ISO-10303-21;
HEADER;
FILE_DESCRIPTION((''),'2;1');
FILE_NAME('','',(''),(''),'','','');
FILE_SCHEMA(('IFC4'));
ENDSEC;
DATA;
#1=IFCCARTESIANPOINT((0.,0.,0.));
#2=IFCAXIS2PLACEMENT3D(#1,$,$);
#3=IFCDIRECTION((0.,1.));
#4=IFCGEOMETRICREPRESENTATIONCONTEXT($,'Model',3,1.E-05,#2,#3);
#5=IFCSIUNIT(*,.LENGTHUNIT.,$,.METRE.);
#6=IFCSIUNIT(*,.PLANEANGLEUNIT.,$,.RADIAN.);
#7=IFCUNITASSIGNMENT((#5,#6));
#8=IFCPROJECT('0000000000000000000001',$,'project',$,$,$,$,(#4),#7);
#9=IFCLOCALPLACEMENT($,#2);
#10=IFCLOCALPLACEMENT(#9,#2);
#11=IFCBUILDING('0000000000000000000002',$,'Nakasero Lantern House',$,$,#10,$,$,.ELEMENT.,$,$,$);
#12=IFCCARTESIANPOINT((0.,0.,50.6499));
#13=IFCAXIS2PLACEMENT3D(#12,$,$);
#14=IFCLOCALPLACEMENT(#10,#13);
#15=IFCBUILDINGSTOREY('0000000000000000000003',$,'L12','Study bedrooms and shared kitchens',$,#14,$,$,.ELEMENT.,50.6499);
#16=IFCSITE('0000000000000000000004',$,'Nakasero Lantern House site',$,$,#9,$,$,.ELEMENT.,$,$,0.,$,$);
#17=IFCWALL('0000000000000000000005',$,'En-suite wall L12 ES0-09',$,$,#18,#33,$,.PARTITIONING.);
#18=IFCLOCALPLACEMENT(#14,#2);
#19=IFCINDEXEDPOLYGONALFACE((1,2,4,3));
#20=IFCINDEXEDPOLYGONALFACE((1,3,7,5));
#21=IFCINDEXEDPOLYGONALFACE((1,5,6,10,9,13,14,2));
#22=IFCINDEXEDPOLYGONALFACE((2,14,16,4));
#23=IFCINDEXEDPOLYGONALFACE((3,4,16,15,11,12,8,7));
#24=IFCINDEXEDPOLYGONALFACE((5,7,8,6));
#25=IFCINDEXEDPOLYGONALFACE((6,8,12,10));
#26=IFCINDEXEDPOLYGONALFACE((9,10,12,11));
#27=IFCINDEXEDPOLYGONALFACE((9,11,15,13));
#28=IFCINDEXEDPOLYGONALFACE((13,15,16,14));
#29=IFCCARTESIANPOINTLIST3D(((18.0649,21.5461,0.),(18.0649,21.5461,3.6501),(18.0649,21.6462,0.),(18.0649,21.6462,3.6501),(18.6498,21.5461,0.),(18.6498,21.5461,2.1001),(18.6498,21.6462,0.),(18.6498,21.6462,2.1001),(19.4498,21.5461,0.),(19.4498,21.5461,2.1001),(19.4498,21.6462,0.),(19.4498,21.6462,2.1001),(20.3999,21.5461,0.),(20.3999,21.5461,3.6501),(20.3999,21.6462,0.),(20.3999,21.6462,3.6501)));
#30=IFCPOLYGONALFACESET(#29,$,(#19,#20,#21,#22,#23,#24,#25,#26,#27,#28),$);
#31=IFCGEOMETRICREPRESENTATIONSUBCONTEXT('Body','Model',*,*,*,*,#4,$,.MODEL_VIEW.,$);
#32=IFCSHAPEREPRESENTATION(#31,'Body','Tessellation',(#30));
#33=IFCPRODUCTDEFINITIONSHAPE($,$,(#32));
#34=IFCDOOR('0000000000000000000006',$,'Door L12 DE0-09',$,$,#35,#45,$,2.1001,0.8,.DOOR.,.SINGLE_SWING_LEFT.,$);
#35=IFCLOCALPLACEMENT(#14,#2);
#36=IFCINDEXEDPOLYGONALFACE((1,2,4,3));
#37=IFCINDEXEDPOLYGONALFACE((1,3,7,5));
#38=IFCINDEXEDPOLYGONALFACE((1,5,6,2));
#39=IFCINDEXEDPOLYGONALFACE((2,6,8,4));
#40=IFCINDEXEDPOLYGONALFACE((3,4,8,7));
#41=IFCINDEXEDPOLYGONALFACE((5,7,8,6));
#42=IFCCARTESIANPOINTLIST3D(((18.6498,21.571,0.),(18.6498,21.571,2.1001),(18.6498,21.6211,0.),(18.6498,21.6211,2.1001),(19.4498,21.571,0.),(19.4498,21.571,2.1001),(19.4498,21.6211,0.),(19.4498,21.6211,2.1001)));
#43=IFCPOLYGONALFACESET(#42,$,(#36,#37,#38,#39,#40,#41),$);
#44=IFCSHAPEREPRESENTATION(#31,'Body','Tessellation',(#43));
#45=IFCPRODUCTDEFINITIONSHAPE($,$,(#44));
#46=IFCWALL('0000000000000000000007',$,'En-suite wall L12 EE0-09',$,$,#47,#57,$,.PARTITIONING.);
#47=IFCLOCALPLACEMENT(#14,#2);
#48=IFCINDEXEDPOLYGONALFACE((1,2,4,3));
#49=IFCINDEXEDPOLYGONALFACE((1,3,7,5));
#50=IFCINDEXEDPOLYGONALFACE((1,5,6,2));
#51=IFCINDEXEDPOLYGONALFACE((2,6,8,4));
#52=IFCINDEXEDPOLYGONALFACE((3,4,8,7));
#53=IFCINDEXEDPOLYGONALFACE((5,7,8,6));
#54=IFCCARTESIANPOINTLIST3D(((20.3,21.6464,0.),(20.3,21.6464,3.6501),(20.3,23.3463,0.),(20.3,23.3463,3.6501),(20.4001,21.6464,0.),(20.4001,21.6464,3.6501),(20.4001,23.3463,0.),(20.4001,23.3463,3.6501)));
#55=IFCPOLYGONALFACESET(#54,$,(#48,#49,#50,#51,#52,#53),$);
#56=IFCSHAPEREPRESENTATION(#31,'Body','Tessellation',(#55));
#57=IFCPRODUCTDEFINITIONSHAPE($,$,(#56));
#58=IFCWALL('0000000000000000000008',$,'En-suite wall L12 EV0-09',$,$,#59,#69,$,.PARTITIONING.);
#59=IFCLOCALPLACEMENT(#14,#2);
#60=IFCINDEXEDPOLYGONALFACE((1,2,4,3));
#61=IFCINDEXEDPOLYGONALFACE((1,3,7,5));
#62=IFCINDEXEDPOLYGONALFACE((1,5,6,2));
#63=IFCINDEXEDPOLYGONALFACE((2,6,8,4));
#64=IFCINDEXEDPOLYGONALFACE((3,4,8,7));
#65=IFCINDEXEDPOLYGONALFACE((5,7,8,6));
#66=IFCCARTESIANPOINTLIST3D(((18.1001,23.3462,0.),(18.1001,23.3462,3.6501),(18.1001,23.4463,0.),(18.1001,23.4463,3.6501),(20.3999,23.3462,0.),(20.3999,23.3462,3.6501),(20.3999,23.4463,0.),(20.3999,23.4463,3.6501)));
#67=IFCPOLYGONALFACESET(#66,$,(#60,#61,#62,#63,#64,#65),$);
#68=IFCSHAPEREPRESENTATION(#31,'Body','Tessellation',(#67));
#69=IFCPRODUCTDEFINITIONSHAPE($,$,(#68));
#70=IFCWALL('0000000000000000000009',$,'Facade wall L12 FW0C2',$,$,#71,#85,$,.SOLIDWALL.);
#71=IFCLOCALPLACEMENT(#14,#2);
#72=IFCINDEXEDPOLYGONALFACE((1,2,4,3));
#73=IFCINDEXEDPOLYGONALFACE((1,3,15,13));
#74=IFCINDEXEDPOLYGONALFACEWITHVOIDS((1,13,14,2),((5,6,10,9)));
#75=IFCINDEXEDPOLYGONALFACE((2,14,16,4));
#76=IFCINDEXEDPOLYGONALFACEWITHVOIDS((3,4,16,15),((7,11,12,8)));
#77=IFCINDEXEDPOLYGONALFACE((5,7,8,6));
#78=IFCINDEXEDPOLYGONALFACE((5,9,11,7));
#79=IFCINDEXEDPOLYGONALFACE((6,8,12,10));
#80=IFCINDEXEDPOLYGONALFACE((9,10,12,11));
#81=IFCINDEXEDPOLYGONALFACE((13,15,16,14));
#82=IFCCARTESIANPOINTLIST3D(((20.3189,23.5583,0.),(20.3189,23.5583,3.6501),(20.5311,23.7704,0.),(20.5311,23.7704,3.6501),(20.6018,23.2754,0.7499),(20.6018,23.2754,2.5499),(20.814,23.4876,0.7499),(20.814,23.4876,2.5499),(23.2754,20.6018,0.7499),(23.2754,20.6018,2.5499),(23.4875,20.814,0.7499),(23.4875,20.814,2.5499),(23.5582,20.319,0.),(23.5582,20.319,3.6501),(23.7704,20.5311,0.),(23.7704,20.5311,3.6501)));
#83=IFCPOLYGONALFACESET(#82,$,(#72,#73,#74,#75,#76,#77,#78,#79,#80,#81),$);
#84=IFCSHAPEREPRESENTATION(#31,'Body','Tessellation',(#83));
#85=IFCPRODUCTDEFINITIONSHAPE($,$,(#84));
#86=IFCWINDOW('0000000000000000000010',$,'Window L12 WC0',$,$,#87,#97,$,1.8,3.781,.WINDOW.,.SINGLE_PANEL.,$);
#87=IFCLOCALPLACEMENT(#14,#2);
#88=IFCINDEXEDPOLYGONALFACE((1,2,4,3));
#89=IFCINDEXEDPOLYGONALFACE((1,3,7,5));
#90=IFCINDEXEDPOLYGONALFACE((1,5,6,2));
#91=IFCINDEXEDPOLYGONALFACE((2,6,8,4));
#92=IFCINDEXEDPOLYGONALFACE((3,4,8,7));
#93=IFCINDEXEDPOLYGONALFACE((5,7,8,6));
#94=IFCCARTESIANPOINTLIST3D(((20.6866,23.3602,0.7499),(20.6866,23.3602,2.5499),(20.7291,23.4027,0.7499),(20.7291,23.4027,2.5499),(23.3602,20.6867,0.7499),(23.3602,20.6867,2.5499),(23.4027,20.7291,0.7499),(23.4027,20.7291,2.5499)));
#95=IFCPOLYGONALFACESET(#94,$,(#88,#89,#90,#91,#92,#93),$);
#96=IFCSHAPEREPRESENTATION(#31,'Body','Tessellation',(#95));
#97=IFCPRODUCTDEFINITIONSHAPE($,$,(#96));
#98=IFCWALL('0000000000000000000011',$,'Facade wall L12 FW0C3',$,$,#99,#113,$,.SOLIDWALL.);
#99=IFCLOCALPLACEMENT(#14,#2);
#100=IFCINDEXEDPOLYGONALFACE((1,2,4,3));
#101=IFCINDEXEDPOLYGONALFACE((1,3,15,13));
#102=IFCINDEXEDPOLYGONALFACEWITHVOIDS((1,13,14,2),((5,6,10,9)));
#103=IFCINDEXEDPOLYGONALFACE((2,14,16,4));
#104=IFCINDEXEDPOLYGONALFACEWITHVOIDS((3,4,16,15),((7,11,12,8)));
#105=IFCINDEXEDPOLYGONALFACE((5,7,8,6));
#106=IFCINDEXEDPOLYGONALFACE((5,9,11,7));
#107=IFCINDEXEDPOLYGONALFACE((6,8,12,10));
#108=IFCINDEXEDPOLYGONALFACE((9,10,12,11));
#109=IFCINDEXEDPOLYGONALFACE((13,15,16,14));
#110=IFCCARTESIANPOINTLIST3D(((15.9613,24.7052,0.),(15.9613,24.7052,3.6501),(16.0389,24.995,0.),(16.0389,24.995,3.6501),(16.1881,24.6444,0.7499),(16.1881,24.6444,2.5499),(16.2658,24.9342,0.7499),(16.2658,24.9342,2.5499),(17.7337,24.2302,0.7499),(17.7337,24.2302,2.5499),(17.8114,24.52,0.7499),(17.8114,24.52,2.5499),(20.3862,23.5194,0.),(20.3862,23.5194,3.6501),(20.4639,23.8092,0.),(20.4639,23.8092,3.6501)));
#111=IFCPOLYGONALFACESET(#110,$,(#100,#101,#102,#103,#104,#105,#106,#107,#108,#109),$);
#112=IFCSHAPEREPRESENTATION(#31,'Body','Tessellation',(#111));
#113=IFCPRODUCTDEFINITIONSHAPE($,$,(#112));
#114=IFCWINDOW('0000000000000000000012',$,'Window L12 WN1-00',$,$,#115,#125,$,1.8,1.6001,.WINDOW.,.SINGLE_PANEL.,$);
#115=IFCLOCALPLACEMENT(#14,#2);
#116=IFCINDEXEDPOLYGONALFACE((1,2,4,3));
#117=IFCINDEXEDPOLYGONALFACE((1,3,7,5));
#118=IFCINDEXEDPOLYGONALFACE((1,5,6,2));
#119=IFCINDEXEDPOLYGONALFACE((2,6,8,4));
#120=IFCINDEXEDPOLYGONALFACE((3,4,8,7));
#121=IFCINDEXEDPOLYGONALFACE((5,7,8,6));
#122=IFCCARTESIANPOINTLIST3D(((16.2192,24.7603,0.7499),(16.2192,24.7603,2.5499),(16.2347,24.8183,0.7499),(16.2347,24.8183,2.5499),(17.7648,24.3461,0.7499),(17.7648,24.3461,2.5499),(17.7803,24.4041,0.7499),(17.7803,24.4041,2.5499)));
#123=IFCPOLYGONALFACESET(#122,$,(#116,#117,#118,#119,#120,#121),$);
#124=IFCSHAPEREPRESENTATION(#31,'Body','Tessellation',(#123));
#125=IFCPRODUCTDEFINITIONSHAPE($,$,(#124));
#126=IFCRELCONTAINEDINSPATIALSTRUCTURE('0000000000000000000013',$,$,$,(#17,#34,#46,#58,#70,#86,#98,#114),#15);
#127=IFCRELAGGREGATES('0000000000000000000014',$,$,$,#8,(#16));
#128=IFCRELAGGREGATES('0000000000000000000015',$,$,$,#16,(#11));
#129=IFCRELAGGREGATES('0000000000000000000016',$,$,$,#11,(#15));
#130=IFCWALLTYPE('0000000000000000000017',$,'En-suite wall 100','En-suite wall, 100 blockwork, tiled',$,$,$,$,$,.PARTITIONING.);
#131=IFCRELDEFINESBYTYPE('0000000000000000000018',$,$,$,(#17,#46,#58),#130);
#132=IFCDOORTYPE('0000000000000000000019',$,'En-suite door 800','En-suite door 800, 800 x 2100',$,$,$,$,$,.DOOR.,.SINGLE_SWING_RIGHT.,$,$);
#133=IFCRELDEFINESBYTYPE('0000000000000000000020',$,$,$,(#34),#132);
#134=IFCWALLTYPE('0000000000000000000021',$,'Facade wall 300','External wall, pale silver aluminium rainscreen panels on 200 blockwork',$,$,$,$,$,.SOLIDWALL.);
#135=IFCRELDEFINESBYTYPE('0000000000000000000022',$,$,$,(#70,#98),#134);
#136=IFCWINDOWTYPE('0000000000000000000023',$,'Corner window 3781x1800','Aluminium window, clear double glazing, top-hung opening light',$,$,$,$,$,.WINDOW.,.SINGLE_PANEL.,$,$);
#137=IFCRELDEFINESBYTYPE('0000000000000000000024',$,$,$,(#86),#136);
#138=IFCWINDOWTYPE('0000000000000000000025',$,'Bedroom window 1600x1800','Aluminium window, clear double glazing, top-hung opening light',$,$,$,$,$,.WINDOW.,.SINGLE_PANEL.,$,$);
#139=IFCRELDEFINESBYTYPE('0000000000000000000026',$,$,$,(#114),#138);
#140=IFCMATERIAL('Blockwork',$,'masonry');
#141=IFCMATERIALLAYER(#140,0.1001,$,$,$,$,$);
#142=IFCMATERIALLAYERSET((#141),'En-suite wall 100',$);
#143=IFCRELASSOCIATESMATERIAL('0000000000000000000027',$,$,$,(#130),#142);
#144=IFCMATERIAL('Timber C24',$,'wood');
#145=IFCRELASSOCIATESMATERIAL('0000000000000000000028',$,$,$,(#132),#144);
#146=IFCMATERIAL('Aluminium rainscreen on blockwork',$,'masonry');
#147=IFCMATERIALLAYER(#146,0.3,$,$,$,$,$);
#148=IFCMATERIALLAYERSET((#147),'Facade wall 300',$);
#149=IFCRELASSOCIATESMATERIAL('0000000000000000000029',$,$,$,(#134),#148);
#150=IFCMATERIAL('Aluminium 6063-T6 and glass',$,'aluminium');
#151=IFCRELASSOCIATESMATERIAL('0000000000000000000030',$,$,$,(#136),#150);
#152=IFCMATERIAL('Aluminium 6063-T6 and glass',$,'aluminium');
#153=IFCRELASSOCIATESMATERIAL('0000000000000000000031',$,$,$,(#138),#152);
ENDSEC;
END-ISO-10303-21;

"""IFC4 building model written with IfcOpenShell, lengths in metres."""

from ifc_helpers import new_model, si_unit, direction, frame, frame_2d, origin, place, context, subcontext, project, spatial, rectangle, extrude, material, layer, layer_set, type_object, element, fill, save


model = new_model("IFC4")

# Units and contexts
model_context = context("Model", 3, precision=1e-05, world=origin(), true_north=direction((0.0, 1.0)))
body_context = subcontext(model_context, "Body", "Model", "MODEL_VIEW")
ifc_project = project(units=[si_unit("LENGTHUNIT", "METRE"), si_unit("PLANEANGLEUNIT", "RADIAN")], contexts=[model_context])

# Site, building, storey
site_placement = place(None, origin())
site = spatial("IfcSite", under=ifc_project, at=site_placement, Name="Nakasero Lantern House site", CompositionType="ELEMENT", RefElevation=0.0)
building_placement = place(site_placement, origin())
building = spatial("IfcBuilding", under=site, at=building_placement, Name="Nakasero Lantern House", CompositionType="ELEMENT")
storey_placement = place(building_placement, frame((0.0, 0.0, 50.6499)))
storey = spatial("IfcBuildingStorey", under=building, at=storey_placement, Name="L12", Description="Study bedrooms and shared kitchens", CompositionType="ELEMENT", Elevation=50.6499)

# Wall, opening, door
ifc_material_1 = material(Name="Blockwork", Category="masonry")
ifc_layer_1 = layer(ifc_material_1, 0.1001)
ifc_layer_set_1 = layer_set([ifc_layer_1], Name="En-suite wall 100")
wall_type_1 = type_object("IfcWallType", Name="En-suite wall 100", Description="En-suite wall, 100 blockwork, tiled", PredefinedType="PARTITIONING", material=ifc_layer_set_1)
wall_1_placement = place(storey_placement, frame((18.0649, 21.5962, 0.0), z_axis=(0.0, 0.0, 1.0), x_axis=(1.0, 0.0, 0.0)))
wall_1 = element("IfcWall", 1, at=wall_1_placement, inside=storey, type_object=wall_type_1, Name="En-suite wall L12 ES0-09", PredefinedType="PARTITIONING", context=body_context, shape_type="SweptSolid", body=[
    extrude(rectangle(XDim=2.335, YDim=0.1001, at=frame_2d((1.1675, 0.0))), origin(), (0.0, 0.0, 1.0), 3.6501),
])
opening_1_placement = place(wall_1_placement, frame((0.585, 0.0, 0.0)))
opening_1 = element("IfcOpeningElement", 2, at=opening_1_placement, cuts=wall_1, PredefinedType="OPENING", context=body_context, shape_type="SweptSolid", body=[
    extrude(rectangle(XDim=0.8, YDim=2.1001, at=frame_2d((0.3999, 1.05))), frame((0.0, 0.0701, 0.0), z_axis=(0.0, -1.0, 0.0), x_axis=(1.0, 0.0, 0.0)), (0.0, 0.0, 1.0), 0.1401),
])
ifc_material_2 = material(Name="Timber C24", Category="wood")
door_type_1 = type_object("IfcDoorType", Name="En-suite door 800", Description="En-suite door 800, 800 x 2100", OperationType="SINGLE_SWING_RIGHT", PredefinedType="DOOR", material=ifc_material_2)
door_1_placement = place(opening_1_placement, origin())
door_1 = element("IfcDoor", 3, at=door_1_placement, inside=storey, type_object=door_type_1, Name="Door L12 DE0-09", OperationType="SINGLE_SWING_LEFT", OverallHeight=2.1001, OverallWidth=0.8, PredefinedType="DOOR", context=body_context, shape_type="SweptSolid", body=[
    extrude(rectangle(XDim=0.8, YDim=2.1001, at=frame_2d((0.3999, 1.05))), frame((0.0, 0.0249, 0.0), z_axis=(0.0, -1.0, 0.0), x_axis=(1.0, 0.0, 0.0)), (0.0, 0.0, 1.0), 0.05),
])
fill(opening_1, door_1)

# Walls
wall_2_placement = place(storey_placement, frame((20.3501, 21.6462, 0.0), z_axis=(0.0, 0.0, 1.0), x_axis=(0.0, 1.0, 0.0)))
element("IfcWall", 4, at=wall_2_placement, inside=storey, type_object=wall_type_1, Name="En-suite wall L12 EE0-09", PredefinedType="PARTITIONING", context=body_context, shape_type="SweptSolid", body=[
    extrude(rectangle(XDim=1.7, YDim=0.1001, at=frame_2d((0.8501, 0.0))), origin(), (0.0, 0.0, 1.0), 3.6501),
])
wall_3_placement = place(storey_placement, frame((18.1001, 23.3962, 0.0), z_axis=(0.0, 0.0, 1.0), x_axis=(1.0, 0.0, 0.0)))
element("IfcWall", 5, at=wall_3_placement, inside=storey, type_object=wall_type_1, Name="En-suite wall L12 EV0-09", PredefinedType="PARTITIONING", context=body_context, shape_type="SweptSolid", body=[
    extrude(rectangle(XDim=2.2998, YDim=0.1001, at=frame_2d((1.1499, 0.0))), origin(), (0.0, 0.0, 1.0), 3.6501),
])

# Walls, openings, windows
ifc_material_3 = material(Name="Aluminium rainscreen on blockwork", Category="masonry")
ifc_layer_2 = layer(ifc_material_3, 0.3)
ifc_layer_set_2 = layer_set([ifc_layer_2], Name="Facade wall 300")
wall_type_2 = type_object("IfcWallType", Name="Facade wall 300", Description="External wall, pale silver aluminium rainscreen panels on 200 blockwork", PredefinedType="SOLIDWALL", material=ifc_layer_set_2)
wall_4_placement = place(storey_placement, frame((23.6643, 20.425, 0.0), z_axis=(0.0, 0.0, 1.0), x_axis=(-0.707107, 0.707107, 0.0)))
wall_4 = element("IfcWall", 6, at=wall_4_placement, inside=storey, type_object=wall_type_2, Name="Facade wall L12 FW0C2", PredefinedType="SOLIDWALL", context=body_context, shape_type="SweptSolid", body=[
    extrude(rectangle(XDim=4.5811, YDim=0.3, at=frame_2d((2.2905, 0.0))), origin(), (0.0, 0.0, 1.0), 3.6501),
])
opening_2_placement = place(wall_4_placement, frame((0.3999, 0.0, 0.75)))
opening_2 = element("IfcOpeningElement", 7, at=opening_2_placement, cuts=wall_4, PredefinedType="OPENING", context=body_context, shape_type="SweptSolid", body=[
    extrude(rectangle(XDim=3.781, YDim=1.8, at=frame_2d((1.8906, 0.8999))), frame((0.0, 0.1699, 0.0), z_axis=(0.0, -1.0, 0.0), x_axis=(1.0, 0.0, 0.0)), (0.0, 0.0, 1.0), 0.3401),
])
ifc_material_4 = material(Name="Aluminium 6063-T6 and glass", Category="aluminium")
window_type_1 = type_object("IfcWindowType", Name="Corner window 3781x1800", Description="Aluminium window, clear double glazing, top-hung opening light", PartitioningType="SINGLE_PANEL", PredefinedType="WINDOW", material=ifc_material_4)
window_1_placement = place(opening_2_placement, origin())
window_1 = element("IfcWindow", 8, at=window_1_placement, inside=storey, type_object=window_type_1, Name="Window L12 WC0", OverallHeight=1.8, OverallWidth=3.781, PartitioningType="SINGLE_PANEL", PredefinedType="WINDOW", context=body_context, shape_type="SweptSolid", body=[
    extrude(rectangle(XDim=3.781, YDim=1.8, at=frame_2d((1.8906, 0.8999))), frame((0.0, 0.03, 0.0), z_axis=(0.0, -1.0, 0.0), x_axis=(1.0, 0.0, 0.0)), (0.0, 0.0, 1.0), 0.0601),
])
fill(opening_2, window_1)
wall_5_placement = place(storey_placement, frame((20.425, 23.6643, 0.0), z_axis=(0.0, 0.0, 1.0), x_axis=(-0.96592, 0.25884, 0.0)))
wall_5 = element("IfcWall", 9, at=wall_5_placement, inside=storey, type_object=wall_type_2, Name="Facade wall L12 FW0C3", PredefinedType="SOLIDWALL", context=body_context, shape_type="SweptSolid", body=[
    extrude(rectangle(XDim=4.5811, YDim=0.3, at=frame_2d((2.2905, 0.0))), origin(), (0.0, 0.0, 1.0), 3.6501),
])
opening_3_placement = place(wall_5_placement, frame((2.7461, 0.0, 0.75)))
opening_3 = element("IfcOpeningElement", 10, at=opening_3_placement, cuts=wall_5, PredefinedType="OPENING", context=body_context, shape_type="SweptSolid", body=[
    extrude(rectangle(XDim=1.6001, YDim=1.8, at=frame_2d((0.8, 0.8999))), frame((0.0, 0.1699, 0.0), z_axis=(0.0, -1.0, 0.0), x_axis=(1.0, 0.0, 0.0)), (0.0, 0.0, 1.0), 0.3401),
])
ifc_material_5 = material(Name="Aluminium 6063-T6 and glass", Category="aluminium")
window_type_2 = type_object("IfcWindowType", Name="Bedroom window 1600x1800", Description="Aluminium window, clear double glazing, top-hung opening light", PartitioningType="SINGLE_PANEL", PredefinedType="WINDOW", material=ifc_material_5)
window_2_placement = place(opening_3_placement, origin())
window_2 = element("IfcWindow", 11, at=window_2_placement, inside=storey, type_object=window_type_2, Name="Window L12 WN1-00", OverallHeight=1.8, OverallWidth=1.6001, PartitioningType="SINGLE_PANEL", PredefinedType="WINDOW", context=body_context, shape_type="SweptSolid", body=[
    extrude(rectangle(XDim=1.6001, YDim=1.8, at=frame_2d((0.8, 0.8999))), frame((0.0, 0.03, 0.0), z_axis=(0.0, -1.0, 0.0), x_axis=(1.0, 0.0, 0.0)), (0.0, 0.0, 1.0), 0.0601),
])
fill(opening_3, window_2)

save(model, "model.ifc")
